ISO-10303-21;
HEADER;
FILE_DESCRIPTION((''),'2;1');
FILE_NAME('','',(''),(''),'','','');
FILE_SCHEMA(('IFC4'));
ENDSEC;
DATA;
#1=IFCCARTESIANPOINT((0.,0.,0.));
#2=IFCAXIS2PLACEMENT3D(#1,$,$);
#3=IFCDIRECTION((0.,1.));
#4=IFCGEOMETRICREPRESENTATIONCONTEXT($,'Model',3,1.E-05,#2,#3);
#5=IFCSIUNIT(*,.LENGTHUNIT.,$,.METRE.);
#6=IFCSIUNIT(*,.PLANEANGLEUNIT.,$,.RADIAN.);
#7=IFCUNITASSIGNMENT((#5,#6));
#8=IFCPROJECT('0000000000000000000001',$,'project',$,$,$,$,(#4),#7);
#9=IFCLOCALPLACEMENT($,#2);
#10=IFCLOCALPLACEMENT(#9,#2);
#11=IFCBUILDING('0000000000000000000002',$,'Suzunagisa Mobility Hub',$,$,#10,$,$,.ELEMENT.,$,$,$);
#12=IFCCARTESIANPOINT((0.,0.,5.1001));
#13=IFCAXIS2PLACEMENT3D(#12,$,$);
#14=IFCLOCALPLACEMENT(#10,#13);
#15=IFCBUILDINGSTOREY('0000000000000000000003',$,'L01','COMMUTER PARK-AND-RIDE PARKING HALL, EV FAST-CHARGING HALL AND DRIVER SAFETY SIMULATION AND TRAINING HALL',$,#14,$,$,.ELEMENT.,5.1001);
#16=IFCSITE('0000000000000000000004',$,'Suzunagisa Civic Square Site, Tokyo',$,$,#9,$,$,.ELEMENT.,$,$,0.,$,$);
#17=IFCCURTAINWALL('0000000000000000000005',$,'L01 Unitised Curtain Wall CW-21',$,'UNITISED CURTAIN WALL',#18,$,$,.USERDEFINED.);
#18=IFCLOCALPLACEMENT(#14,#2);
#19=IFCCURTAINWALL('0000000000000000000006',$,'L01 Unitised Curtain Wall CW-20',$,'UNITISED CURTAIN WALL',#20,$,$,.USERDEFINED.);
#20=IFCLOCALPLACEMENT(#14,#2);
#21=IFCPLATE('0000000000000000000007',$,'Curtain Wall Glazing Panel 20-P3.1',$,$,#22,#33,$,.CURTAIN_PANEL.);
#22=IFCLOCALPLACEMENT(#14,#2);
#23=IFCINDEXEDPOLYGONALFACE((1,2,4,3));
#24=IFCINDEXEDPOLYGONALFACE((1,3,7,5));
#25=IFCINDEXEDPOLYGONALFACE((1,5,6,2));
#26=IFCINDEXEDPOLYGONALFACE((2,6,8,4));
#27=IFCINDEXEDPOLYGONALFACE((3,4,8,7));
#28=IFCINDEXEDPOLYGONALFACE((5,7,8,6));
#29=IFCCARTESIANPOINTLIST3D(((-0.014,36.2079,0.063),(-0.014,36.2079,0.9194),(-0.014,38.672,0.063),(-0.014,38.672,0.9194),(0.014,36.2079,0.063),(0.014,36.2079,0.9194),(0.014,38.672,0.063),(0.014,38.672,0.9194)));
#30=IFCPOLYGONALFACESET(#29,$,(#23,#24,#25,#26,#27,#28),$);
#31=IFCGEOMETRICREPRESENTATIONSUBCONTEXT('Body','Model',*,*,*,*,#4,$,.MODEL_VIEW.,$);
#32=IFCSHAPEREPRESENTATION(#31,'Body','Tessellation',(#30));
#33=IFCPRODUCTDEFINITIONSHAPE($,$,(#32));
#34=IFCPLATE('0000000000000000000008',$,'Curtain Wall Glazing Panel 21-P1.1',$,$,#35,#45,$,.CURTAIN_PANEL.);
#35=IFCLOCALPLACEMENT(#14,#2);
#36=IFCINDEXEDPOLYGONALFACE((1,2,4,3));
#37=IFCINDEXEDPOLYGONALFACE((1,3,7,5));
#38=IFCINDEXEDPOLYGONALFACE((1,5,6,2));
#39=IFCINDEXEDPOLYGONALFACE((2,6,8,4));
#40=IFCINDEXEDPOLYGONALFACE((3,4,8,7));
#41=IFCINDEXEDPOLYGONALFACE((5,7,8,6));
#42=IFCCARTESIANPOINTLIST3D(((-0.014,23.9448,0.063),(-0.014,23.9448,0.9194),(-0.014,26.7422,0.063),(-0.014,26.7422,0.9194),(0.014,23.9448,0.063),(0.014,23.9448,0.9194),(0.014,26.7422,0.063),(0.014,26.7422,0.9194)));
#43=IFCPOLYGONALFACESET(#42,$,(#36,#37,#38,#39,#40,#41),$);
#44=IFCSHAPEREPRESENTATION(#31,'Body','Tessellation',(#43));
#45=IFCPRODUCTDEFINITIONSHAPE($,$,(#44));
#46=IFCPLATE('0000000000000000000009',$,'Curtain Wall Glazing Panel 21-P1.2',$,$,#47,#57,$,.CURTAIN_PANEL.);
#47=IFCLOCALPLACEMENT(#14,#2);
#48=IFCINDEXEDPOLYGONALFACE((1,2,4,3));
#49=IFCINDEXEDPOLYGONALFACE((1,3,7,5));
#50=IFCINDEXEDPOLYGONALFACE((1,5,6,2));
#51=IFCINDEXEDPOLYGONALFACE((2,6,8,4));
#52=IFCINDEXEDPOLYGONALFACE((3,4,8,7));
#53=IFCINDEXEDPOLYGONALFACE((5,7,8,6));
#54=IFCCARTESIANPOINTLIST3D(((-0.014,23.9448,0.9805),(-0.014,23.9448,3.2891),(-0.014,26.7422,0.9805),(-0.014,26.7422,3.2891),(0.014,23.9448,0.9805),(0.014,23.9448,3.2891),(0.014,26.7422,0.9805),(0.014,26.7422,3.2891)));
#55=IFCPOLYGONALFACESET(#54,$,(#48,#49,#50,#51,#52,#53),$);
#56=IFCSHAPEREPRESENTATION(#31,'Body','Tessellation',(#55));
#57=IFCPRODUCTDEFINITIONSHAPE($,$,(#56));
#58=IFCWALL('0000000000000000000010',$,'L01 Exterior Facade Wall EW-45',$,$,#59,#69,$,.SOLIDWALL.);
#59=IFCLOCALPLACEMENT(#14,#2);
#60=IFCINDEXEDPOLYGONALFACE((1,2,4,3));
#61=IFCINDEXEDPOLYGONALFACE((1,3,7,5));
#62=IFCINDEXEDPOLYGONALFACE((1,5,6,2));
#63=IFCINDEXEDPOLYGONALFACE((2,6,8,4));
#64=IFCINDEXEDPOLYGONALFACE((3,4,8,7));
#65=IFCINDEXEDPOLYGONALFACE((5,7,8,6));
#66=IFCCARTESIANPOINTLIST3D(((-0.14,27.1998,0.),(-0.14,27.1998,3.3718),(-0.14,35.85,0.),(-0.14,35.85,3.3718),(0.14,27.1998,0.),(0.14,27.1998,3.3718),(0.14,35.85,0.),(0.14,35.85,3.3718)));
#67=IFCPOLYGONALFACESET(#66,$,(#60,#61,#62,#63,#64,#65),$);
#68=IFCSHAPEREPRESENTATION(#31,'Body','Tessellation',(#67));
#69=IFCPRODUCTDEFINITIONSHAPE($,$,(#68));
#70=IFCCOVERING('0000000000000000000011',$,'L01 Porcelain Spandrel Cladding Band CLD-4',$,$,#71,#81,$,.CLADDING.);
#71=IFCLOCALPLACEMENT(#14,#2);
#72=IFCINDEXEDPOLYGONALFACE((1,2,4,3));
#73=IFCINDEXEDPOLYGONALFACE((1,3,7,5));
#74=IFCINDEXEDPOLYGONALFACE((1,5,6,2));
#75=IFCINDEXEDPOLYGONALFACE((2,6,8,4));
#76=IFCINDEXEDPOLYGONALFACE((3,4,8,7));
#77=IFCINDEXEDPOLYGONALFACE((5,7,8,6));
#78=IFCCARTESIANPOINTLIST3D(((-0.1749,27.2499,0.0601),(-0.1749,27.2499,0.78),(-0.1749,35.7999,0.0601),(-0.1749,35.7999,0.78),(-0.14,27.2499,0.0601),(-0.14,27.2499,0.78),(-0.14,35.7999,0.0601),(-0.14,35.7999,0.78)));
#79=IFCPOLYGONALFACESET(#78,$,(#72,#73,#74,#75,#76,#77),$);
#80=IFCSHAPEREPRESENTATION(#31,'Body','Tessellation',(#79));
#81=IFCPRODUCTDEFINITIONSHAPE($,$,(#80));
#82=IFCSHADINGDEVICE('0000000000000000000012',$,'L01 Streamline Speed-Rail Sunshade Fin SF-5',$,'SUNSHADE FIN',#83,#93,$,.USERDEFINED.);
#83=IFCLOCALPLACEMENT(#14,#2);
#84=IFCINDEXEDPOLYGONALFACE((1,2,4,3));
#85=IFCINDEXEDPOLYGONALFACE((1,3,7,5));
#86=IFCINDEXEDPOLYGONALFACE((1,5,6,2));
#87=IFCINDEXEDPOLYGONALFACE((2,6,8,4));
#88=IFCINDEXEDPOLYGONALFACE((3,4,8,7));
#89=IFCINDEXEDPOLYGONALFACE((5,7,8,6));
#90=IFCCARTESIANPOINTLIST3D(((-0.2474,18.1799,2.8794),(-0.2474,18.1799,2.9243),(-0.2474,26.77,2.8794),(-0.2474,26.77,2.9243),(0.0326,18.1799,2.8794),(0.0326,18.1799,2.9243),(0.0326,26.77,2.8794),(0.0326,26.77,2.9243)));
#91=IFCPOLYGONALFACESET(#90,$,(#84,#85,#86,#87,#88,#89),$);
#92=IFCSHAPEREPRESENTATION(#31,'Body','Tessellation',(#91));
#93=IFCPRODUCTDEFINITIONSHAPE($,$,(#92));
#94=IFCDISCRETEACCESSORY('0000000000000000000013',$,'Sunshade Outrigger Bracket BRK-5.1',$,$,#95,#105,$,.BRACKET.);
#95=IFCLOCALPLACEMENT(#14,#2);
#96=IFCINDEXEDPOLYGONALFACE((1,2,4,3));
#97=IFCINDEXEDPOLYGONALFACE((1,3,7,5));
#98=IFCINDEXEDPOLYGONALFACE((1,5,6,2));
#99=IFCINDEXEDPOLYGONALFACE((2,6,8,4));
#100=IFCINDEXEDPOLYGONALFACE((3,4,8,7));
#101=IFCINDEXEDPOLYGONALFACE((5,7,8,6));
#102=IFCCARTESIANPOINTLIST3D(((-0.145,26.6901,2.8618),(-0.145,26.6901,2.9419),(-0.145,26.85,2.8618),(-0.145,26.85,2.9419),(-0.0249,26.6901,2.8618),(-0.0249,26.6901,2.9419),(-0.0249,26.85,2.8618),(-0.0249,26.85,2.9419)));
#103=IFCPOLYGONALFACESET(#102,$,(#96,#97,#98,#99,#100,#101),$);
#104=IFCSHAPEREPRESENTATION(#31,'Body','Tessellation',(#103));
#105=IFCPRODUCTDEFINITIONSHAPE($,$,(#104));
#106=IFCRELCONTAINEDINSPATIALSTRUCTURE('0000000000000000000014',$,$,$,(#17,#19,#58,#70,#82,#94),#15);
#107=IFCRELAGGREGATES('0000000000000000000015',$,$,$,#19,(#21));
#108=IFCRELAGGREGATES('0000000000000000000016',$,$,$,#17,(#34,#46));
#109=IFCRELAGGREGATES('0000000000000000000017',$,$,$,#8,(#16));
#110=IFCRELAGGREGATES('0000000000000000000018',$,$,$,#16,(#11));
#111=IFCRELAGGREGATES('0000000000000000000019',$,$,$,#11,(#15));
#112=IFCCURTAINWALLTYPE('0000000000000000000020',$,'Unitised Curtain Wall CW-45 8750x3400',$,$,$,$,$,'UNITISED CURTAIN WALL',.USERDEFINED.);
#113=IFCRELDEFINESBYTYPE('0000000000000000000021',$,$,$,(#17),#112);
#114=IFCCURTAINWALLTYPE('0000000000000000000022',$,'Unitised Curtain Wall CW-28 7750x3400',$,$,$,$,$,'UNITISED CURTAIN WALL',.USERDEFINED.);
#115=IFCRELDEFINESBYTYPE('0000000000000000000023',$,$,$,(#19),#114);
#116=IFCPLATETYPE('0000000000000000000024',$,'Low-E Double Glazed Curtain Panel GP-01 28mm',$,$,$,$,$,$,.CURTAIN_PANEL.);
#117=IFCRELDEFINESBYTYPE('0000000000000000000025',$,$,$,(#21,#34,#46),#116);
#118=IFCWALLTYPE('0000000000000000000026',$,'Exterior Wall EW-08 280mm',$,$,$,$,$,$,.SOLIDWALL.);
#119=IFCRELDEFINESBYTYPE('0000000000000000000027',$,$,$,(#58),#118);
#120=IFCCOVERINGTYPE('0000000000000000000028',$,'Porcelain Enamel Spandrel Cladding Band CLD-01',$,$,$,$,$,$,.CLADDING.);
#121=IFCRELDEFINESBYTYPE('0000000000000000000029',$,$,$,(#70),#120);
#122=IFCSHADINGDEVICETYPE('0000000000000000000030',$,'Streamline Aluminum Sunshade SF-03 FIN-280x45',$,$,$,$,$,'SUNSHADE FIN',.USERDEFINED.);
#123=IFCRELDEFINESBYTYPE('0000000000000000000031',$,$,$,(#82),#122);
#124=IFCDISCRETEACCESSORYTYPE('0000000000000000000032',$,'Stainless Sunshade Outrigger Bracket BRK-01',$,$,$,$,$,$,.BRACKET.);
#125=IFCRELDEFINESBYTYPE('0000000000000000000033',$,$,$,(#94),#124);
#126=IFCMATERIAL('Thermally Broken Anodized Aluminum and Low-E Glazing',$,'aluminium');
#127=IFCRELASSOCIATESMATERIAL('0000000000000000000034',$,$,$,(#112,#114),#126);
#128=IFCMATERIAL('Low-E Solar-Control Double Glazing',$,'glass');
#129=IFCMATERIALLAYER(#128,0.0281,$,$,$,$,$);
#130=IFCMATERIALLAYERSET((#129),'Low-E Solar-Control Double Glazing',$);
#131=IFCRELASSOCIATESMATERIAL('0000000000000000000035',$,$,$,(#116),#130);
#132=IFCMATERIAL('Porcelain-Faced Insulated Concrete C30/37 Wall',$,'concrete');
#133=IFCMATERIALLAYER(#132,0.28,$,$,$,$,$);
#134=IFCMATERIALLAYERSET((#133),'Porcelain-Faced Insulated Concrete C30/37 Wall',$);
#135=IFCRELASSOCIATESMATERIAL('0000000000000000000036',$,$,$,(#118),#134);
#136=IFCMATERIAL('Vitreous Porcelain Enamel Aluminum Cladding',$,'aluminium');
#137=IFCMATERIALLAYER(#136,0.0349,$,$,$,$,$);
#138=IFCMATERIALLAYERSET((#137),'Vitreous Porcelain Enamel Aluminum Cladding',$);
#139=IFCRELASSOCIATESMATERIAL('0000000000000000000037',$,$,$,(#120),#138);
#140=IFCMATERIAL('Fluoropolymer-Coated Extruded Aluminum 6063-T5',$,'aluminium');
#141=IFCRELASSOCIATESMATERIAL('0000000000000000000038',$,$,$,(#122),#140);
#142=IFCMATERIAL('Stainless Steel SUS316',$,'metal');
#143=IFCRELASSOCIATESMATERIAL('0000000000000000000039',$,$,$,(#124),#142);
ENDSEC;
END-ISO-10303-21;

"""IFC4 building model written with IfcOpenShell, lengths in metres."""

from ifc_helpers import new_model, si_unit, direction, frame, frame_2d, origin, origin_2d, place, context, subcontext, project, spatial, rectangle, extrude, material, layer, layer_set, material_profile, profile_set, type_object, element, aggregate, save


model = new_model("IFC4")

# Units and contexts
model_context = context("Model", 3, precision=1e-05, world=origin(), true_north=direction((0.0, 1.0)))
body_context = subcontext(model_context, "Body", "Model", "MODEL_VIEW")
ifc_project = project(units=[si_unit("LENGTHUNIT", "METRE"), si_unit("PLANEANGLEUNIT", "RADIAN")], contexts=[model_context])

# Site, building, storey
site_placement = place(None, origin())
site = spatial("IfcSite", under=ifc_project, at=site_placement, Name="Suzunagisa Civic Square Site, Tokyo", CompositionType="ELEMENT", RefElevation=0.0)
building_placement = place(site_placement, origin())
building = spatial("IfcBuilding", under=site, at=building_placement, Name="Suzunagisa Mobility Hub", CompositionType="ELEMENT")
storey_placement = place(building_placement, frame((0.0, 0.0, 5.1001)))
storey = spatial("IfcBuildingStorey", under=building, at=storey_placement, Name="L01", Description="COMMUTER PARK-AND-RIDE PARKING HALL, EV FAST-CHARGING HALL AND DRIVER SAFETY SIMULATION AND TRAINING HALL", CompositionType="ELEMENT", Elevation=5.1001)

# Curtain wall
ifc_material_1 = material(Name="Thermally Broken Anodized Aluminum and Low-E Glazing", Category="aluminium")
curtain_wall_type_1 = type_object("IfcCurtainWallType", Name="Unitised Curtain Wall CW-45 8750x3400", ElementType="UNITISED CURTAIN WALL", PredefinedType="USERDEFINED", material=ifc_material_1)
curtain_wall_1_placement = place(storey_placement, origin())
curtain_wall_1 = element("IfcCurtainWall", 1, at=curtain_wall_1_placement, inside=storey, type_object=curtain_wall_type_1, Name="L01 Unitised Curtain Wall CW-21", ObjectType="UNITISED CURTAIN WALL", PredefinedType="USERDEFINED")

# Curtain wall
curtain_wall_type_2 = type_object("IfcCurtainWallType", Name="Unitised Curtain Wall CW-28 7750x3400", ElementType="UNITISED CURTAIN WALL", PredefinedType="USERDEFINED", material=ifc_material_1)
curtain_wall_2_placement = place(storey_placement, origin())
curtain_wall_2 = element("IfcCurtainWall", 2, at=curtain_wall_2_placement, inside=storey, type_object=curtain_wall_type_2, Name="L01 Unitised Curtain Wall CW-20", ObjectType="UNITISED CURTAIN WALL", PredefinedType="USERDEFINED")

# Plates
ifc_material_2 = material(Name="Low-E Solar-Control Double Glazing", Category="glass")
ifc_layer_1 = layer(ifc_material_2, 0.0281)
ifc_layer_set_1 = layer_set([ifc_layer_1], Name="Low-E Solar-Control Double Glazing")
plate_type = type_object("IfcPlateType", Name="Low-E Double Glazed Curtain Panel GP-01 28mm", PredefinedType="CURTAIN_PANEL", material=ifc_layer_set_1)
plate_1_placement = place(storey_placement, frame((0.0, 37.4399, 0.063), z_axis=(0.0, 0.0, 1.0), x_axis=(0.0, -1.0, 0.0)))
plate_1 = element("IfcPlate", 3, at=plate_1_placement, type_object=plate_type, Name="Curtain Wall Glazing Panel 20-P3.1", PredefinedType="CURTAIN_PANEL", context=body_context, shape_type="SweptSolid", body=[
    extrude(rectangle(XDim=2.4641, YDim=0.0281, at=origin_2d()), origin(), (0.0, 0.0, 1.0), 0.8564),
])
aggregate(curtain_wall_2, [plate_1])
plate_2_placement = place(storey_placement, frame((0.0, 25.3435, 0.063), z_axis=(0.0, 0.0, 1.0), x_axis=(0.0, -1.0, 0.0)))
plate_2 = element("IfcPlate", 4, at=plate_2_placement, type_object=plate_type, Name="Curtain Wall Glazing Panel 21-P1.1", PredefinedType="CURTAIN_PANEL", context=body_context, shape_type="SweptSolid", body=[
    extrude(rectangle(XDim=2.7974, YDim=0.0281, at=origin_2d()), origin(), (0.0, 0.0, 1.0), 0.8564),
])
plate_3_placement = place(storey_placement, frame((0.0, 25.3435, 0.9805), z_axis=(0.0, 0.0, 1.0), x_axis=(0.0, -1.0, 0.0)))
plate_3 = element("IfcPlate", 5, at=plate_3_placement, type_object=plate_type, Name="Curtain Wall Glazing Panel 21-P1.2", PredefinedType="CURTAIN_PANEL", context=body_context, shape_type="SweptSolid", body=[
    extrude(rectangle(XDim=2.7974, YDim=0.0281, at=origin_2d()), origin(), (0.0, 0.0, 1.0), 2.3086),
])
aggregate(curtain_wall_1, [plate_2, plate_3])

# Wall
ifc_material_3 = material(Name="Porcelain-Faced Insulated Concrete C30/37 Wall", Category="concrete")
ifc_layer_2 = layer(ifc_material_3, 0.28)
ifc_layer_set_2 = layer_set([ifc_layer_2], Name="Porcelain-Faced Insulated Concrete C30/37 Wall")
wall_type = type_object("IfcWallType", Name="Exterior Wall EW-08 280mm", PredefinedType="SOLIDWALL", material=ifc_layer_set_2)
wall_placement = place(storey_placement, frame((0.0, 35.8501, 0.0), z_axis=(0.0, 0.0, 1.0), x_axis=(0.0, -1.0, 0.0)))
element("IfcWall", 6, at=wall_placement, inside=storey, type_object=wall_type, Name="L01 Exterior Facade Wall EW-45", PredefinedType="SOLIDWALL", context=body_context, shape_type="SweptSolid", body=[
    extrude(rectangle(XDim=8.6501, YDim=0.28, at=frame_2d((4.3252, 0.0))), origin(), (0.0, 0.0, 1.0), 3.3718),
])

# Covering
ifc_material_4 = material(Name="Vitreous Porcelain Enamel Aluminum Cladding", Category="aluminium")
ifc_layer_3 = layer(ifc_material_4, 0.0349)
ifc_layer_set_3 = layer_set([ifc_layer_3], Name="Vitreous Porcelain Enamel Aluminum Cladding")
covering_type = type_object("IfcCoveringType", Name="Porcelain Enamel Spandrel Cladding Band CLD-01", PredefinedType="CLADDING", material=ifc_layer_set_3)
covering_placement = place(storey_placement, frame((-0.1575, 31.5249, 0.0601), z_axis=(0.0, 0.0, 1.0), x_axis=(0.0, -1.0, 0.0)))
element("IfcCovering", 7, at=covering_placement, inside=storey, type_object=covering_type, Name="L01 Porcelain Spandrel Cladding Band CLD-4", PredefinedType="CLADDING", context=body_context, shape_type="SweptSolid", body=[
    extrude(rectangle(XDim=8.55, YDim=0.0349, at=origin_2d()), origin(), (0.0, 0.0, 1.0), 0.72),
])

# Shading device
ifc_material_5 = material(Name="Fluoropolymer-Coated Extruded Aluminum 6063-T5", Category="aluminium")
ifc_material_profile_1 = material_profile(ifc_material_5, rectangle(XDim=0.28, YDim=0.0449, at=origin_2d()), Name="FIN-280x45")
ifc_profile_set_1 = profile_set([ifc_material_profile_1], Name="Fluoropolymer-Coated Extruded Aluminum 6063-T5")
shading_device_type = type_object("IfcShadingDeviceType", Name="Streamline Aluminum Sunshade SF-03 FIN-280x45", ElementType="SUNSHADE FIN", PredefinedType="USERDEFINED", material=ifc_profile_set_1)
shading_device_placement = place(storey_placement, frame((-0.1074, 26.77, 2.9019), z_axis=(0.0, -1.0, 0.0), x_axis=(1.0, 0.0, 0.0)))
element("IfcShadingDevice", 8, at=shading_device_placement, inside=storey, type_object=shading_device_type, Name="L01 Streamline Speed-Rail Sunshade Fin SF-5", ObjectType="SUNSHADE FIN", PredefinedType="USERDEFINED", context=body_context, shape_type="SweptSolid", body=[
    extrude(rectangle(XDim=0.28, YDim=0.0449, at=origin_2d()), origin(), (0.0, 0.0, 1.0), 8.5901),
])

# Discrete accessory
ifc_material_6 = material(Name="Stainless Steel SUS316", Category="metal")
discrete_accessory_type = type_object("IfcDiscreteAccessoryType", Name="Stainless Sunshade Outrigger Bracket BRK-01", PredefinedType="BRACKET", material=ifc_material_6)
discrete_accessory_placement = place(storey_placement, frame((-0.085, 26.77, 2.8618), z_axis=(0.0, 0.0, 1.0), x_axis=(0.0, -1.0, 0.0)))
element("IfcDiscreteAccessory", 9, at=discrete_accessory_placement, inside=storey, type_object=discrete_accessory_type, Name="Sunshade Outrigger Bracket BRK-5.1", PredefinedType="BRACKET", context=body_context, shape_type="SweptSolid", body=[
    extrude(rectangle(XDim=0.1599, YDim=0.1201, at=origin_2d()), origin(), (0.0, 0.0, 1.0), 0.0801),
])

save(model, "model.ifc")
